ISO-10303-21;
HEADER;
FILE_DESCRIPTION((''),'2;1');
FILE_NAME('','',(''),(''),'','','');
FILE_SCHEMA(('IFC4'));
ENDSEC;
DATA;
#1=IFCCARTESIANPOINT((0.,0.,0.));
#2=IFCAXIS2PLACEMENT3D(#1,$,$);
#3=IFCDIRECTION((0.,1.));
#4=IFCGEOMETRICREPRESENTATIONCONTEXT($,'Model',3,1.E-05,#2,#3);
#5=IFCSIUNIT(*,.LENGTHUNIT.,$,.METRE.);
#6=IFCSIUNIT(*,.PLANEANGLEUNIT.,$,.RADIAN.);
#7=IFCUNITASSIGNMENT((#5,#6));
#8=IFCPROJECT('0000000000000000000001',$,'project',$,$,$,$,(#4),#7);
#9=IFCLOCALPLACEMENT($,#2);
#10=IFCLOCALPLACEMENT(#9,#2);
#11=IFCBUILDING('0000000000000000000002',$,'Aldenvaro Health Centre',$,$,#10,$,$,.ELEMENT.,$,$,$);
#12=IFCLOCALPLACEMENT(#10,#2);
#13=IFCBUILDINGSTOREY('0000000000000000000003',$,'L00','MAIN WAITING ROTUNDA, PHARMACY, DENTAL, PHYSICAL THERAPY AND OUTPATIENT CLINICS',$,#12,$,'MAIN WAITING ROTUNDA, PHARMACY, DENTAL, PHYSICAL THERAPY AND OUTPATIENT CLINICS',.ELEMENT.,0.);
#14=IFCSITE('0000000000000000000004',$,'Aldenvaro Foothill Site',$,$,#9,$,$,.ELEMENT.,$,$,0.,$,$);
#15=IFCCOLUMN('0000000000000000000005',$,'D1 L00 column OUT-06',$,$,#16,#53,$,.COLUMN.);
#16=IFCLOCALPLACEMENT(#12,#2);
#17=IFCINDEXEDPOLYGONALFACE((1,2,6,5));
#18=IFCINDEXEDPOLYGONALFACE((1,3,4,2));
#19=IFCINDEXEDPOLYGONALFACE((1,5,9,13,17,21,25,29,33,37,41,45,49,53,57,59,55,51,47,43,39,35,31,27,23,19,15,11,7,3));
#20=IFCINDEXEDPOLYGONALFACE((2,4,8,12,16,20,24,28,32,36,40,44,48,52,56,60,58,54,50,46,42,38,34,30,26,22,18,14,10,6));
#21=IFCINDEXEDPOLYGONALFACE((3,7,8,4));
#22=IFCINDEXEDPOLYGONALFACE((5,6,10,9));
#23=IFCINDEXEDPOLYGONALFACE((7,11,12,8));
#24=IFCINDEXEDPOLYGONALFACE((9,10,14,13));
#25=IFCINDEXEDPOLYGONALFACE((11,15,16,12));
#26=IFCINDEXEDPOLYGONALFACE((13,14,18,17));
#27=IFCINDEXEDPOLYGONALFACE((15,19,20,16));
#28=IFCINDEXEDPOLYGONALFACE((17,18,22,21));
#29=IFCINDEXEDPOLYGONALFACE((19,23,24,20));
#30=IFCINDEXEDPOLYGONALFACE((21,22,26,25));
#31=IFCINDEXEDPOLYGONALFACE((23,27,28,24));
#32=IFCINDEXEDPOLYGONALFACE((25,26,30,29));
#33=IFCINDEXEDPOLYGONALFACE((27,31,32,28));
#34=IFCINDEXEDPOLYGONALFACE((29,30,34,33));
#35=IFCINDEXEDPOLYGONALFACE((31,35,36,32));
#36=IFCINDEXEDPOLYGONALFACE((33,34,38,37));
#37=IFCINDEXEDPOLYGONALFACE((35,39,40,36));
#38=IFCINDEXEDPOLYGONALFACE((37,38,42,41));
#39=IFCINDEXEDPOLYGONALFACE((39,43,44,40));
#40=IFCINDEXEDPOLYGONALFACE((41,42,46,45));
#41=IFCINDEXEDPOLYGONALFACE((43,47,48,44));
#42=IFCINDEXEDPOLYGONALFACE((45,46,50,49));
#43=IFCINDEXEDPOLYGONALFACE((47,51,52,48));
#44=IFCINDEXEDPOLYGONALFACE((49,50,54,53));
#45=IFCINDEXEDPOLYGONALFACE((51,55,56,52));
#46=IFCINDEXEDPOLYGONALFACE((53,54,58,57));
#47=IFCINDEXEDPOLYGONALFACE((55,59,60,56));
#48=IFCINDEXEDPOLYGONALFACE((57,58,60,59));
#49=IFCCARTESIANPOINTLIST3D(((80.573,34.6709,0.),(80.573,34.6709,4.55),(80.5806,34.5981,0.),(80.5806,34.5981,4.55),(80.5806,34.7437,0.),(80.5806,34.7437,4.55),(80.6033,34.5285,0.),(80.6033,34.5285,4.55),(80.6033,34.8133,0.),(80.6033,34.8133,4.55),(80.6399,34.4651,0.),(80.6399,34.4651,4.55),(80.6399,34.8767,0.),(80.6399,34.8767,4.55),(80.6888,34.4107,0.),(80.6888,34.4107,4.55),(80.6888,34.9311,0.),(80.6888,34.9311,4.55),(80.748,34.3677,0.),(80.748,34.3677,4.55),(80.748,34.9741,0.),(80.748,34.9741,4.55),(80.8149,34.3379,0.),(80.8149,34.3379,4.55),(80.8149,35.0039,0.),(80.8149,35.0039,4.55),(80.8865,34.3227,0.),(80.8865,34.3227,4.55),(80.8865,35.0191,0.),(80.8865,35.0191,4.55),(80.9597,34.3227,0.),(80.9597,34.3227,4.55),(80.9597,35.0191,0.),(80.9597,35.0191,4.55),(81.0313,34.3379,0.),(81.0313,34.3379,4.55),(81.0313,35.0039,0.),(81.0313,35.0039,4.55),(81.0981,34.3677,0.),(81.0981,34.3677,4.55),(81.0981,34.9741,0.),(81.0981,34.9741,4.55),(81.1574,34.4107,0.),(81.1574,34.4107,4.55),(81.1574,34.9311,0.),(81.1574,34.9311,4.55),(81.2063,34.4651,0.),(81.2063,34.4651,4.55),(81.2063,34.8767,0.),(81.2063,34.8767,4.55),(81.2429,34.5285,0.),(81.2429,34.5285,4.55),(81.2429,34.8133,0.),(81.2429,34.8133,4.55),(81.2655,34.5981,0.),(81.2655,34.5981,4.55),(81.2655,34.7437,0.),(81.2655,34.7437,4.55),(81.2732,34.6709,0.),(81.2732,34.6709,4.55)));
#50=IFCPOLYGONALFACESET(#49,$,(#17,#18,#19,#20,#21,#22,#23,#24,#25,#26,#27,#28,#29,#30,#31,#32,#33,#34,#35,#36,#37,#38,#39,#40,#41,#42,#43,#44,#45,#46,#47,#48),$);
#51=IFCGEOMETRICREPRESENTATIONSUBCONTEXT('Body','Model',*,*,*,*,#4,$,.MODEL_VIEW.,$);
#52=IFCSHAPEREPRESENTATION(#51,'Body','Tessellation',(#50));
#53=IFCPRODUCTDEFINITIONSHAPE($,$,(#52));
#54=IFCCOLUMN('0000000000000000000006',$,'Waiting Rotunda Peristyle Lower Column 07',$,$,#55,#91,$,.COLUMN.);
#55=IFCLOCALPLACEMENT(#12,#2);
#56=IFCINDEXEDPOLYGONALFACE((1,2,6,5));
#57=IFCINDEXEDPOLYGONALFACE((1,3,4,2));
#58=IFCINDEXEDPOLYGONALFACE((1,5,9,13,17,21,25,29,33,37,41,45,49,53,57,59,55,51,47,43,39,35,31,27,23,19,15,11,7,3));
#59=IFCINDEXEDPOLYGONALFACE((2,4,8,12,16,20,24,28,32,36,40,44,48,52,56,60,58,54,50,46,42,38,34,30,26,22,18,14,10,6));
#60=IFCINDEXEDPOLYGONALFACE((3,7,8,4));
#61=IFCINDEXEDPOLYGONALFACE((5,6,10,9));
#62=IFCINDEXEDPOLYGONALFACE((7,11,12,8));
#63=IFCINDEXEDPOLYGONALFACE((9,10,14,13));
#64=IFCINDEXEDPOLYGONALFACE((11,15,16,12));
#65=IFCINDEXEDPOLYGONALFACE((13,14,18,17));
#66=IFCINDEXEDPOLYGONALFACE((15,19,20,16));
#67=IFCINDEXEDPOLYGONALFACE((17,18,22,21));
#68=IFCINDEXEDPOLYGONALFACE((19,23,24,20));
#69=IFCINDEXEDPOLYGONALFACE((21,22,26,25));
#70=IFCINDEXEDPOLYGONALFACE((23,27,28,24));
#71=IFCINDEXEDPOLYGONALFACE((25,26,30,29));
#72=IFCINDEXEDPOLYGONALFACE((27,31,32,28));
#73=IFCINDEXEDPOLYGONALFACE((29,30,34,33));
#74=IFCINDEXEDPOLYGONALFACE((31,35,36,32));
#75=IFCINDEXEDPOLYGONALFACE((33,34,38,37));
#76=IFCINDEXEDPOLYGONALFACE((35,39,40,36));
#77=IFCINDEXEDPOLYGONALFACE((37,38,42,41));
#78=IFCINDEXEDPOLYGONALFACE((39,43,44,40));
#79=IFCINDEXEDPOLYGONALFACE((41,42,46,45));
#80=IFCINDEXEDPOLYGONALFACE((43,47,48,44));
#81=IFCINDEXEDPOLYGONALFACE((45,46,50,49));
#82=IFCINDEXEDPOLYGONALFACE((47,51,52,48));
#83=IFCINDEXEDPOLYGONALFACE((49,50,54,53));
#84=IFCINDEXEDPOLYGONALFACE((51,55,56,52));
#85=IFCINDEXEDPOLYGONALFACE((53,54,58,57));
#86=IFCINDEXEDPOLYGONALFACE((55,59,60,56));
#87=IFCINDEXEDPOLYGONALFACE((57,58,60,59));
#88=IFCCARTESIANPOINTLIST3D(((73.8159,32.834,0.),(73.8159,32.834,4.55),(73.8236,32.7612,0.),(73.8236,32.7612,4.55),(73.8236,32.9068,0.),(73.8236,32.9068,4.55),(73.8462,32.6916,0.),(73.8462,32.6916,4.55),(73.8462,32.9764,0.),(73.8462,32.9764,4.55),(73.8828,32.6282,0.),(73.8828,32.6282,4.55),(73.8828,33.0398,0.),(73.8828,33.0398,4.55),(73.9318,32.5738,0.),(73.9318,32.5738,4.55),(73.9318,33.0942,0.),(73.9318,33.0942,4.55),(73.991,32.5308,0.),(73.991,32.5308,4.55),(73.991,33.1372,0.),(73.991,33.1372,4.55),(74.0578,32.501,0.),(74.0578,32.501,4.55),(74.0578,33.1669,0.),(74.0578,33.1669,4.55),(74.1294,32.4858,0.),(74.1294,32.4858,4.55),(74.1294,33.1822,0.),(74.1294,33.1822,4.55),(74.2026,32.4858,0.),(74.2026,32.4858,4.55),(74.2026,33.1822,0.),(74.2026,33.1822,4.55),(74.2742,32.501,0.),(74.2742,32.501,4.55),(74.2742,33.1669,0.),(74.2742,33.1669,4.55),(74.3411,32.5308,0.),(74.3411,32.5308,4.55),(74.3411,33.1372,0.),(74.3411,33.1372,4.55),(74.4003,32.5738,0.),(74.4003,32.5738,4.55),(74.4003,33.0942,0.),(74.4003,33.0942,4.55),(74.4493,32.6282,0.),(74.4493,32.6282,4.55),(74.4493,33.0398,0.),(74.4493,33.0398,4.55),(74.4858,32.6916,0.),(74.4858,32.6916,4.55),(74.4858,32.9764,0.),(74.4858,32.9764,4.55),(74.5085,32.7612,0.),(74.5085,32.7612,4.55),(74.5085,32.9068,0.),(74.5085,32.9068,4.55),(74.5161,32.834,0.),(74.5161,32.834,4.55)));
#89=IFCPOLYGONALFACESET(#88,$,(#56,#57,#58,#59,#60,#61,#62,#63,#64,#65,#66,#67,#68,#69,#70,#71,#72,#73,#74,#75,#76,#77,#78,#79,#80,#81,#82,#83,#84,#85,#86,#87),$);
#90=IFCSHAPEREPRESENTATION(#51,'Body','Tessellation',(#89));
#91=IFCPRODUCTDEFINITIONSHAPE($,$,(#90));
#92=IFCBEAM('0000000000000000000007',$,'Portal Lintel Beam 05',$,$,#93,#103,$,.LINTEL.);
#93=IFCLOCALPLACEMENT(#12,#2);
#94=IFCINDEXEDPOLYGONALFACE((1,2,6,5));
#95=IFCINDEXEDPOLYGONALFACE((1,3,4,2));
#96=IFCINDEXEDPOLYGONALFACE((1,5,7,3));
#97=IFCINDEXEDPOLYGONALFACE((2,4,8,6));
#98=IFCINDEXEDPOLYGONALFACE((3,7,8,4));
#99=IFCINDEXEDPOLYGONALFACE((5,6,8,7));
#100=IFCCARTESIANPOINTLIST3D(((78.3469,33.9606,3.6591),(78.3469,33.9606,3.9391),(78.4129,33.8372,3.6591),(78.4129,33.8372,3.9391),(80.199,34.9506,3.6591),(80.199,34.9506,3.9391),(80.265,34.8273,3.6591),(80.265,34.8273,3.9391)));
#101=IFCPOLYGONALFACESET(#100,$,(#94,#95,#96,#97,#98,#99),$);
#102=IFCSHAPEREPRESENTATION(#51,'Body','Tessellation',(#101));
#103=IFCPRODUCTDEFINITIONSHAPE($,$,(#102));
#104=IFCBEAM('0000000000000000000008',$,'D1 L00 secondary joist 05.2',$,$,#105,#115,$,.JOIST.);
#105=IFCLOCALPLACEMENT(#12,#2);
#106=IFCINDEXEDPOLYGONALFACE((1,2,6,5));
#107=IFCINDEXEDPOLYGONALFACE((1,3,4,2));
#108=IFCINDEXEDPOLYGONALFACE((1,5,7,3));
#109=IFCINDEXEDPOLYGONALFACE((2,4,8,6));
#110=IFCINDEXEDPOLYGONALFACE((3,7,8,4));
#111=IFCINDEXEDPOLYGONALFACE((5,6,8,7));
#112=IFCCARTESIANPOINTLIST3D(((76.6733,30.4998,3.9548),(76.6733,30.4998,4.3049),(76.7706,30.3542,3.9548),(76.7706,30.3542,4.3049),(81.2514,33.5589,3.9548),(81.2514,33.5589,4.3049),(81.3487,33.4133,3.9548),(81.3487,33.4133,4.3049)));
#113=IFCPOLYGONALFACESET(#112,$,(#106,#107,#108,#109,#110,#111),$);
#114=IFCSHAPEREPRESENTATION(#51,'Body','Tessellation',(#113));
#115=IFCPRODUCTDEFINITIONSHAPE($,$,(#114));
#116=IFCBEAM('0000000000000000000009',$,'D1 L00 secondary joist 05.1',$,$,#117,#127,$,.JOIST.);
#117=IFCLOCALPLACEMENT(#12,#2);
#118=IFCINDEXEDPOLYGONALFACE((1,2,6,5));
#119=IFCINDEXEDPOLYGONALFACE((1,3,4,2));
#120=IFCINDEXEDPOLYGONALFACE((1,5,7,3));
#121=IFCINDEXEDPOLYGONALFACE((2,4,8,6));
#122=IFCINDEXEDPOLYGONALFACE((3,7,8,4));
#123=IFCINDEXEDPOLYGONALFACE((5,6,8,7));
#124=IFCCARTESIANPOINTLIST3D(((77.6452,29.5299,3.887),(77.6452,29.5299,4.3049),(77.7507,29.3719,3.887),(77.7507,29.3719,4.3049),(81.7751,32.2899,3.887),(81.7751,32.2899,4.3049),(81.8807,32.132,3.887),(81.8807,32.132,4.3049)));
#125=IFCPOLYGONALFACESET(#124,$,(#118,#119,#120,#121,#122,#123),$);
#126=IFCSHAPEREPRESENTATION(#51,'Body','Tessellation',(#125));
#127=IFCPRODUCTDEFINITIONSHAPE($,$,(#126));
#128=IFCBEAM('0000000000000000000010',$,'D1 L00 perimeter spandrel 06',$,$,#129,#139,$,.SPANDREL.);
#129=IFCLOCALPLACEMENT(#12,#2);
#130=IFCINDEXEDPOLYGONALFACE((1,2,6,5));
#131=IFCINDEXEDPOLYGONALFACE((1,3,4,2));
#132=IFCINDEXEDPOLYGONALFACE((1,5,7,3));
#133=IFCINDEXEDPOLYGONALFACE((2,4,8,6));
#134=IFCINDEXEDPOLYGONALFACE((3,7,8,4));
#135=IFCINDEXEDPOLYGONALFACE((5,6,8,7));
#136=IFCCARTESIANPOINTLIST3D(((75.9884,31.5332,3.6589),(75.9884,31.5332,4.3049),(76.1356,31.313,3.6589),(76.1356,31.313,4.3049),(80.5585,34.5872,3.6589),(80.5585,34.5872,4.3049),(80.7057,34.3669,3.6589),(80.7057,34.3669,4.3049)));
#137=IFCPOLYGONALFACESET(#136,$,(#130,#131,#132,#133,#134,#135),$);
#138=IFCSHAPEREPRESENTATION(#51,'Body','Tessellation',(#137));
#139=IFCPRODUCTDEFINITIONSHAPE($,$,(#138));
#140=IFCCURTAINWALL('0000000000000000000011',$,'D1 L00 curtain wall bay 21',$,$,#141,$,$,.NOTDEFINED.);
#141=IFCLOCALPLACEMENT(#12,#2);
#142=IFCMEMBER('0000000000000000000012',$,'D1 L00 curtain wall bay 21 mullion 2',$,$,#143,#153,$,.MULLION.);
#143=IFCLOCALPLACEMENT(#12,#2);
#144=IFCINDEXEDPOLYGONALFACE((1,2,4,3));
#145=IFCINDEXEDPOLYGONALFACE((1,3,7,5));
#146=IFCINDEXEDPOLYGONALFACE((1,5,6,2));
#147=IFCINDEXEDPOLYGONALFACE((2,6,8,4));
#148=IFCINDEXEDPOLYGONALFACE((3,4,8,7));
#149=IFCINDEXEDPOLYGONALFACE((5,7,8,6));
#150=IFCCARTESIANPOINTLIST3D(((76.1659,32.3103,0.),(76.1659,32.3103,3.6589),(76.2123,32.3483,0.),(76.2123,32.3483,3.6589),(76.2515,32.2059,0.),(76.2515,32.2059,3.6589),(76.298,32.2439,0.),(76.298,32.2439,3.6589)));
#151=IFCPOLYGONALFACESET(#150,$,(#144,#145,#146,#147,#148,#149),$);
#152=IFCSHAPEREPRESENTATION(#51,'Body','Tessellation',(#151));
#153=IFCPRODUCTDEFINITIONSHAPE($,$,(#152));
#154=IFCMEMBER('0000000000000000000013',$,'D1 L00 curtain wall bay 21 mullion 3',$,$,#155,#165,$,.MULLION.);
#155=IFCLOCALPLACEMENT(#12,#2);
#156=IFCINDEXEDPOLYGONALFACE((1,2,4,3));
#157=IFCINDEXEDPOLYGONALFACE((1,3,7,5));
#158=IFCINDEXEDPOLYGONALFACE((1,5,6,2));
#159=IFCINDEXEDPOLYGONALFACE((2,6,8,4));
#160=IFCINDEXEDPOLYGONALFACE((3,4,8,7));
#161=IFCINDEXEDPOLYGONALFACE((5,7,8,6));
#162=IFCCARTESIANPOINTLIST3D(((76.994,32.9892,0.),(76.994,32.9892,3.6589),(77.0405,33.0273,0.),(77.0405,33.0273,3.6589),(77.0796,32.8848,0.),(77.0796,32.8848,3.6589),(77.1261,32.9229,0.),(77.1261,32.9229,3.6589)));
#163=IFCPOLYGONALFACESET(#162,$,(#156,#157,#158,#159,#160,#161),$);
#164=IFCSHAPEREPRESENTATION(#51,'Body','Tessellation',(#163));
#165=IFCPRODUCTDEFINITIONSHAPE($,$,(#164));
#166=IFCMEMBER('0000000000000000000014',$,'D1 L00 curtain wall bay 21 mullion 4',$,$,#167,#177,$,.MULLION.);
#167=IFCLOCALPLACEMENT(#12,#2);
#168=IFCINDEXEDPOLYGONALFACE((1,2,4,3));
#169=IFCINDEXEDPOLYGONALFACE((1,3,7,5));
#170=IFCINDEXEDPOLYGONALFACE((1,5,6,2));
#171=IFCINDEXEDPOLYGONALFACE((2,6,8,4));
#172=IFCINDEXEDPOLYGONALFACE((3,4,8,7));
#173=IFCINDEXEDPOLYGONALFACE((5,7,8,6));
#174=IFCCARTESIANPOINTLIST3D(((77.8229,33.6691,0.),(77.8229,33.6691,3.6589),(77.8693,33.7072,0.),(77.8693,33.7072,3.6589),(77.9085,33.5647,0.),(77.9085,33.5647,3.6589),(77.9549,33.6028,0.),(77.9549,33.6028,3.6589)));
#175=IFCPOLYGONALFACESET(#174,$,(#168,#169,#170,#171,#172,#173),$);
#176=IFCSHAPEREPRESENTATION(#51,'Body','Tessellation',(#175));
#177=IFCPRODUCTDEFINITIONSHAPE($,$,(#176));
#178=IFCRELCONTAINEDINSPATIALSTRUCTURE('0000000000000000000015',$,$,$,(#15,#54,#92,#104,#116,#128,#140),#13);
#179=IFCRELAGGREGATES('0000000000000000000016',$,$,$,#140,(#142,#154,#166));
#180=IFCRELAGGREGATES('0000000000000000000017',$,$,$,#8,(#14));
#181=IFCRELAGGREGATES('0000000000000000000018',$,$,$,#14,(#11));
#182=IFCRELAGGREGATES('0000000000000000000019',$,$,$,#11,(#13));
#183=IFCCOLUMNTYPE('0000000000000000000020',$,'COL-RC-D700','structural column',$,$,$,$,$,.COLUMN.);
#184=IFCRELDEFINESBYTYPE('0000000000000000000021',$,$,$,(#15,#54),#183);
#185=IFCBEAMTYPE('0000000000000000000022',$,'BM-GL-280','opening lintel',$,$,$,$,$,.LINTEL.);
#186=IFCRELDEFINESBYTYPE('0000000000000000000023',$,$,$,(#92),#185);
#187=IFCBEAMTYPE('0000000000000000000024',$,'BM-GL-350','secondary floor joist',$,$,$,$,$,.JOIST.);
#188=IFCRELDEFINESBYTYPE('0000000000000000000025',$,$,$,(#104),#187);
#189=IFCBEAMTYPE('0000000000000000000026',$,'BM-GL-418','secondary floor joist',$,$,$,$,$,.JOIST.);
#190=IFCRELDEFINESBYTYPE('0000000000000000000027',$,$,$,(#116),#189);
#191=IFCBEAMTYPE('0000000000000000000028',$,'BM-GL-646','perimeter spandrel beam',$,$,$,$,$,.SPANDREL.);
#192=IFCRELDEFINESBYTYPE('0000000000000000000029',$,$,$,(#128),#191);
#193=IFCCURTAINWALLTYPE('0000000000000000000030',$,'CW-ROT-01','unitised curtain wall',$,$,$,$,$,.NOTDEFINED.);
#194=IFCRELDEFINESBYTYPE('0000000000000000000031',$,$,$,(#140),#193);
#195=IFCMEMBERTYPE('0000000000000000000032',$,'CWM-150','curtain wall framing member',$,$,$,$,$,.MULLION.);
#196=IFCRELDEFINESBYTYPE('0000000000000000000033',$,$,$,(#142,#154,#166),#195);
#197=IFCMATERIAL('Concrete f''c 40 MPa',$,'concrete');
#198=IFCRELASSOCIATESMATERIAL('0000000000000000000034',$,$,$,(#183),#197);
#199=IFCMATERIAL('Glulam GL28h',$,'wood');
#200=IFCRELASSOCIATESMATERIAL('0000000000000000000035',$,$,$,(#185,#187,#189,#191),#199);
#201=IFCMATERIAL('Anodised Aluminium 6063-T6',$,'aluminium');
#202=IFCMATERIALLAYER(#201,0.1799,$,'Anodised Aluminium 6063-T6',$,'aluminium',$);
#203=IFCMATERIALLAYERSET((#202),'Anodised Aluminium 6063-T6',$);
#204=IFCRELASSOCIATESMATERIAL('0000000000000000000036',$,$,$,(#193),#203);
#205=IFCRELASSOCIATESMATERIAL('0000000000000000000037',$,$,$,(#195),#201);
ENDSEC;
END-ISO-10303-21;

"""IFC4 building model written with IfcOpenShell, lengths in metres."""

from ifc_helpers import new_model, si_unit, direction, frame, origin, origin_2d, place, context, subcontext, project, spatial, rectangle, circle, extrude, material, layer, layer_set, material_profile, profile_set, type_object, element, aggregate, save


model = new_model("IFC4")

# Units and contexts
model_context = context("Model", 3, precision=1e-05, world=origin(), true_north=direction((0.0, 1.0)))
body_context = subcontext(model_context, "Body", "Model", "MODEL_VIEW")
ifc_project = project(units=[si_unit("LENGTHUNIT", "METRE"), si_unit("PLANEANGLEUNIT", "RADIAN")], contexts=[model_context])

# Site, building, storey
site_placement = place(None, origin())
site = spatial("IfcSite", under=ifc_project, at=site_placement, Name="Aldenvaro Foothill Site", CompositionType="ELEMENT", RefElevation=0.0)
building_placement = place(site_placement, origin())
building = spatial("IfcBuilding", under=site, at=building_placement, Name="Aldenvaro Health Centre", CompositionType="ELEMENT")
storey_placement = place(building_placement, origin())
storey = spatial("IfcBuildingStorey", under=building, at=storey_placement, Name="L00", Description="MAIN WAITING ROTUNDA, PHARMACY, DENTAL, PHYSICAL THERAPY AND OUTPATIENT CLINICS", LongName="MAIN WAITING ROTUNDA, PHARMACY, DENTAL, PHYSICAL THERAPY AND OUTPATIENT CLINICS", CompositionType="ELEMENT", Elevation=0.0)

# Columns
ifc_material_1 = material(Name="Concrete f'c 40 MPa", Category="concrete")
ifc_material_profile_1 = material_profile(ifc_material_1, circle(Radius=0.3501, at=origin_2d()), Name="RC D700", Category="concrete")
ifc_profile_set_1 = profile_set([ifc_material_profile_1], Name="Concrete f'c 40 MPa")
column_type = type_object("IfcColumnType", Name="COL-RC-D700", Description="structural column", PredefinedType="COLUMN", material=ifc_profile_set_1)
for number, where, z_axis, x_axis, name in (
    (1, (80.9231, 34.6709, 0.0), (0.0, 0.0, 1.0), (1.0, 0.0, 0.0), "D1 L00 column OUT-06"),
    (2, (74.166, 32.834, 0.0), (0.0, 0.0, 1.0), (1.0, 0.0, 0.0), "Waiting Rotunda Peristyle Lower Column 07"),
):
    element("IfcColumn", number, at=place(storey_placement, frame(where, z_axis=z_axis, x_axis=x_axis)), inside=storey, type_object=column_type, Name=name, PredefinedType="COLUMN", context=body_context, shape_type="SweptSolid", body=[
        extrude(circle(Radius=0.3501, at=origin_2d()), origin(), (0.0, 0.0, 1.0), 4.55),
    ])

# Beams
ifc_material_2 = material(Name="Glulam GL28h", Category="wood")
ifc_material_profile_2 = material_profile(ifc_material_2, rectangle(XDim=0.1399, YDim=0.28, at=origin_2d()), Name="GL 140x280", Category="wood")
ifc_profile_set_2 = profile_set([ifc_material_profile_2], Name="Glulam GL28h")
beam_type_1 = type_object("IfcBeamType", Name="BM-GL-280", Description="opening lintel", PredefinedType="LINTEL", material=ifc_profile_set_2)
beam_1_placement = place(storey_placement, frame((78.3799, 33.8989, 3.7991), z_axis=(0.881912, 0.471415, 0.0), x_axis=(-0.471415, 0.881912, 0.0)))
element("IfcBeam", 3, at=beam_1_placement, inside=storey, type_object=beam_type_1, Name="Portal Lintel Beam 05", PredefinedType="LINTEL", context=body_context, shape_type="SweptSolid", body=[
    extrude(rectangle(XDim=0.1399, YDim=0.28, at=origin_2d()), origin(), (0.0, 0.0, 1.0), 2.1001),
])
ifc_material_profile_3 = material_profile(ifc_material_2, rectangle(XDim=0.175, YDim=0.3501, at=origin_2d()), Name="GL 175x350", Category="wood")
ifc_profile_set_3 = profile_set([ifc_material_profile_3], Name="Glulam GL28h")
beam_type_2 = type_object("IfcBeamType", Name="BM-GL-350", Description="secondary floor joist", PredefinedType="JOIST", material=ifc_profile_set_3)
beam_2_placement = place(storey_placement, frame((81.3, 33.4861, 4.1299), z_axis=(-0.831463, -0.55558, 0.0), x_axis=(0.55558, -0.831463, 0.0)))
element("IfcBeam", 4, at=beam_2_placement, inside=storey, type_object=beam_type_2, Name="D1 L00 secondary joist 05.2", PredefinedType="JOIST", context=body_context, shape_type="SweptSolid", body=[
    extrude(rectangle(XDim=0.175, YDim=0.3501, at=origin_2d()), origin(), (0.0, 0.0, 1.0), 5.5061),
])
ifc_material_profile_4 = material_profile(ifc_material_2, rectangle(XDim=0.1899, YDim=0.418, at=origin_2d()), Name="GL 190x418", Category="wood")
ifc_profile_set_4 = profile_set([ifc_material_profile_4], Name="Glulam GL28h")
beam_type_3 = type_object("IfcBeamType", Name="BM-GL-418", Description="secondary floor joist", PredefinedType="JOIST", material=ifc_profile_set_4)
beam_3_placement = place(storey_placement, frame((81.8279, 32.2109, 4.0959), z_axis=(-0.831422, -0.555641, 0.0), x_axis=(0.555641, -0.831422, 0.0)))
element("IfcBeam", 5, at=beam_3_placement, inside=storey, type_object=beam_type_3, Name="D1 L00 secondary joist 05.1", PredefinedType="JOIST", context=body_context, shape_type="SweptSolid", body=[
    extrude(rectangle(XDim=0.1899, YDim=0.418, at=origin_2d()), origin(), (0.0, 0.0, 1.0), 4.9673),
])
ifc_material_profile_5 = material_profile(ifc_material_2, rectangle(XDim=0.2649, YDim=0.646, at=origin_2d()), Name="GL 265x646", Category="wood")
ifc_profile_set_5 = profile_set([ifc_material_profile_5], Name="Glulam GL28h")
beam_type_4 = type_object("IfcBeamType", Name="BM-GL-646", Description="perimeter spandrel beam", PredefinedType="SPANDREL", material=ifc_profile_set_5)
beam_4_placement = place(storey_placement, frame((80.6321, 34.4771, 3.9819), z_axis=(-0.831442, -0.555612, 0.0), x_axis=(0.555612, -0.831442, 0.0)))
element("IfcBeam", 6, at=beam_4_placement, inside=storey, type_object=beam_type_4, Name="D1 L00 perimeter spandrel 06", PredefinedType="SPANDREL", context=body_context, shape_type="SweptSolid", body=[
    extrude(rectangle(XDim=0.2649, YDim=0.646, at=origin_2d()), origin(), (0.0, 0.0, 1.0), 5.4966),
])

# Curtain wall, members
ifc_material_3 = material(Name="Anodised Aluminium 6063-T6", Category="aluminium")
ifc_layer_1 = layer(ifc_material_3, 0.1799, Name="Anodised Aluminium 6063-T6", Category="aluminium")
ifc_layer_set_1 = layer_set([ifc_layer_1], Name="Anodised Aluminium 6063-T6")
curtain_wall_type = type_object("IfcCurtainWallType", Name="CW-ROT-01", Description="unitised curtain wall", PredefinedType="NOTDEFINED", material=ifc_layer_set_1)
curtain_wall_placement = place(storey_placement, origin())
curtain_wall = element("IfcCurtainWall", 7, at=curtain_wall_placement, inside=storey, type_object=curtain_wall_type, Name="D1 L00 curtain wall bay 21", PredefinedType="NOTDEFINED")
ifc_material_profile_6 = material_profile(ifc_material_3, rectangle(XDim=0.0601, YDim=0.135, at=origin_2d()), Name="ALU 60x135", Category="aluminium")
ifc_profile_set_6 = profile_set([ifc_material_profile_6], Name="Anodised Aluminium 6063-T6")
member_type_1 = type_object("IfcMemberType", Name="CWM-150", Description="curtain wall framing member", PredefinedType="MULLION", material=ifc_profile_set_6)
member_1_placement = place(storey_placement, frame((76.2319, 32.2771, 0.0), z_axis=(0.0, 0.0, 1.0), x_axis=(0.773195, 0.634169, 0.0)))
member_1 = element("IfcMember", 8, at=member_1_placement, type_object=member_type_1, Name="D1 L00 curtain wall bay 21 mullion 2", PredefinedType="MULLION", context=body_context, shape_type="SweptSolid", body=[
    extrude(rectangle(XDim=0.0601, YDim=0.135, at=origin_2d()), origin(), (0.0, 0.0, 1.0), 3.6589),
])
member_2_placement = place(storey_placement, frame((77.0601, 32.9561, 0.0), z_axis=(0.0, 0.0, 1.0), x_axis=(0.773195, 0.634169, 0.0)))
member_2 = element("IfcMember", 9, at=member_2_placement, type_object=member_type_1, Name="D1 L00 curtain wall bay 21 mullion 3", PredefinedType="MULLION", context=body_context, shape_type="SweptSolid", body=[
    extrude(rectangle(XDim=0.0601, YDim=0.135, at=origin_2d()), origin(), (0.0, 0.0, 1.0), 3.6589),
])
member_3_placement = place(storey_placement, frame((77.8889, 33.636, 0.0), z_axis=(0.0, 0.0, 1.0), x_axis=(0.773195, 0.634169, 0.0)))
member_3 = element("IfcMember", 10, at=member_3_placement, type_object=member_type_1, Name="D1 L00 curtain wall bay 21 mullion 4", PredefinedType="MULLION", context=body_context, shape_type="SweptSolid", body=[
    extrude(rectangle(XDim=0.0601, YDim=0.135, at=origin_2d()), origin(), (0.0, 0.0, 1.0), 3.6589),
])

aggregate(curtain_wall, [member_1, member_2, member_3])

save(model, "model.ifc")
